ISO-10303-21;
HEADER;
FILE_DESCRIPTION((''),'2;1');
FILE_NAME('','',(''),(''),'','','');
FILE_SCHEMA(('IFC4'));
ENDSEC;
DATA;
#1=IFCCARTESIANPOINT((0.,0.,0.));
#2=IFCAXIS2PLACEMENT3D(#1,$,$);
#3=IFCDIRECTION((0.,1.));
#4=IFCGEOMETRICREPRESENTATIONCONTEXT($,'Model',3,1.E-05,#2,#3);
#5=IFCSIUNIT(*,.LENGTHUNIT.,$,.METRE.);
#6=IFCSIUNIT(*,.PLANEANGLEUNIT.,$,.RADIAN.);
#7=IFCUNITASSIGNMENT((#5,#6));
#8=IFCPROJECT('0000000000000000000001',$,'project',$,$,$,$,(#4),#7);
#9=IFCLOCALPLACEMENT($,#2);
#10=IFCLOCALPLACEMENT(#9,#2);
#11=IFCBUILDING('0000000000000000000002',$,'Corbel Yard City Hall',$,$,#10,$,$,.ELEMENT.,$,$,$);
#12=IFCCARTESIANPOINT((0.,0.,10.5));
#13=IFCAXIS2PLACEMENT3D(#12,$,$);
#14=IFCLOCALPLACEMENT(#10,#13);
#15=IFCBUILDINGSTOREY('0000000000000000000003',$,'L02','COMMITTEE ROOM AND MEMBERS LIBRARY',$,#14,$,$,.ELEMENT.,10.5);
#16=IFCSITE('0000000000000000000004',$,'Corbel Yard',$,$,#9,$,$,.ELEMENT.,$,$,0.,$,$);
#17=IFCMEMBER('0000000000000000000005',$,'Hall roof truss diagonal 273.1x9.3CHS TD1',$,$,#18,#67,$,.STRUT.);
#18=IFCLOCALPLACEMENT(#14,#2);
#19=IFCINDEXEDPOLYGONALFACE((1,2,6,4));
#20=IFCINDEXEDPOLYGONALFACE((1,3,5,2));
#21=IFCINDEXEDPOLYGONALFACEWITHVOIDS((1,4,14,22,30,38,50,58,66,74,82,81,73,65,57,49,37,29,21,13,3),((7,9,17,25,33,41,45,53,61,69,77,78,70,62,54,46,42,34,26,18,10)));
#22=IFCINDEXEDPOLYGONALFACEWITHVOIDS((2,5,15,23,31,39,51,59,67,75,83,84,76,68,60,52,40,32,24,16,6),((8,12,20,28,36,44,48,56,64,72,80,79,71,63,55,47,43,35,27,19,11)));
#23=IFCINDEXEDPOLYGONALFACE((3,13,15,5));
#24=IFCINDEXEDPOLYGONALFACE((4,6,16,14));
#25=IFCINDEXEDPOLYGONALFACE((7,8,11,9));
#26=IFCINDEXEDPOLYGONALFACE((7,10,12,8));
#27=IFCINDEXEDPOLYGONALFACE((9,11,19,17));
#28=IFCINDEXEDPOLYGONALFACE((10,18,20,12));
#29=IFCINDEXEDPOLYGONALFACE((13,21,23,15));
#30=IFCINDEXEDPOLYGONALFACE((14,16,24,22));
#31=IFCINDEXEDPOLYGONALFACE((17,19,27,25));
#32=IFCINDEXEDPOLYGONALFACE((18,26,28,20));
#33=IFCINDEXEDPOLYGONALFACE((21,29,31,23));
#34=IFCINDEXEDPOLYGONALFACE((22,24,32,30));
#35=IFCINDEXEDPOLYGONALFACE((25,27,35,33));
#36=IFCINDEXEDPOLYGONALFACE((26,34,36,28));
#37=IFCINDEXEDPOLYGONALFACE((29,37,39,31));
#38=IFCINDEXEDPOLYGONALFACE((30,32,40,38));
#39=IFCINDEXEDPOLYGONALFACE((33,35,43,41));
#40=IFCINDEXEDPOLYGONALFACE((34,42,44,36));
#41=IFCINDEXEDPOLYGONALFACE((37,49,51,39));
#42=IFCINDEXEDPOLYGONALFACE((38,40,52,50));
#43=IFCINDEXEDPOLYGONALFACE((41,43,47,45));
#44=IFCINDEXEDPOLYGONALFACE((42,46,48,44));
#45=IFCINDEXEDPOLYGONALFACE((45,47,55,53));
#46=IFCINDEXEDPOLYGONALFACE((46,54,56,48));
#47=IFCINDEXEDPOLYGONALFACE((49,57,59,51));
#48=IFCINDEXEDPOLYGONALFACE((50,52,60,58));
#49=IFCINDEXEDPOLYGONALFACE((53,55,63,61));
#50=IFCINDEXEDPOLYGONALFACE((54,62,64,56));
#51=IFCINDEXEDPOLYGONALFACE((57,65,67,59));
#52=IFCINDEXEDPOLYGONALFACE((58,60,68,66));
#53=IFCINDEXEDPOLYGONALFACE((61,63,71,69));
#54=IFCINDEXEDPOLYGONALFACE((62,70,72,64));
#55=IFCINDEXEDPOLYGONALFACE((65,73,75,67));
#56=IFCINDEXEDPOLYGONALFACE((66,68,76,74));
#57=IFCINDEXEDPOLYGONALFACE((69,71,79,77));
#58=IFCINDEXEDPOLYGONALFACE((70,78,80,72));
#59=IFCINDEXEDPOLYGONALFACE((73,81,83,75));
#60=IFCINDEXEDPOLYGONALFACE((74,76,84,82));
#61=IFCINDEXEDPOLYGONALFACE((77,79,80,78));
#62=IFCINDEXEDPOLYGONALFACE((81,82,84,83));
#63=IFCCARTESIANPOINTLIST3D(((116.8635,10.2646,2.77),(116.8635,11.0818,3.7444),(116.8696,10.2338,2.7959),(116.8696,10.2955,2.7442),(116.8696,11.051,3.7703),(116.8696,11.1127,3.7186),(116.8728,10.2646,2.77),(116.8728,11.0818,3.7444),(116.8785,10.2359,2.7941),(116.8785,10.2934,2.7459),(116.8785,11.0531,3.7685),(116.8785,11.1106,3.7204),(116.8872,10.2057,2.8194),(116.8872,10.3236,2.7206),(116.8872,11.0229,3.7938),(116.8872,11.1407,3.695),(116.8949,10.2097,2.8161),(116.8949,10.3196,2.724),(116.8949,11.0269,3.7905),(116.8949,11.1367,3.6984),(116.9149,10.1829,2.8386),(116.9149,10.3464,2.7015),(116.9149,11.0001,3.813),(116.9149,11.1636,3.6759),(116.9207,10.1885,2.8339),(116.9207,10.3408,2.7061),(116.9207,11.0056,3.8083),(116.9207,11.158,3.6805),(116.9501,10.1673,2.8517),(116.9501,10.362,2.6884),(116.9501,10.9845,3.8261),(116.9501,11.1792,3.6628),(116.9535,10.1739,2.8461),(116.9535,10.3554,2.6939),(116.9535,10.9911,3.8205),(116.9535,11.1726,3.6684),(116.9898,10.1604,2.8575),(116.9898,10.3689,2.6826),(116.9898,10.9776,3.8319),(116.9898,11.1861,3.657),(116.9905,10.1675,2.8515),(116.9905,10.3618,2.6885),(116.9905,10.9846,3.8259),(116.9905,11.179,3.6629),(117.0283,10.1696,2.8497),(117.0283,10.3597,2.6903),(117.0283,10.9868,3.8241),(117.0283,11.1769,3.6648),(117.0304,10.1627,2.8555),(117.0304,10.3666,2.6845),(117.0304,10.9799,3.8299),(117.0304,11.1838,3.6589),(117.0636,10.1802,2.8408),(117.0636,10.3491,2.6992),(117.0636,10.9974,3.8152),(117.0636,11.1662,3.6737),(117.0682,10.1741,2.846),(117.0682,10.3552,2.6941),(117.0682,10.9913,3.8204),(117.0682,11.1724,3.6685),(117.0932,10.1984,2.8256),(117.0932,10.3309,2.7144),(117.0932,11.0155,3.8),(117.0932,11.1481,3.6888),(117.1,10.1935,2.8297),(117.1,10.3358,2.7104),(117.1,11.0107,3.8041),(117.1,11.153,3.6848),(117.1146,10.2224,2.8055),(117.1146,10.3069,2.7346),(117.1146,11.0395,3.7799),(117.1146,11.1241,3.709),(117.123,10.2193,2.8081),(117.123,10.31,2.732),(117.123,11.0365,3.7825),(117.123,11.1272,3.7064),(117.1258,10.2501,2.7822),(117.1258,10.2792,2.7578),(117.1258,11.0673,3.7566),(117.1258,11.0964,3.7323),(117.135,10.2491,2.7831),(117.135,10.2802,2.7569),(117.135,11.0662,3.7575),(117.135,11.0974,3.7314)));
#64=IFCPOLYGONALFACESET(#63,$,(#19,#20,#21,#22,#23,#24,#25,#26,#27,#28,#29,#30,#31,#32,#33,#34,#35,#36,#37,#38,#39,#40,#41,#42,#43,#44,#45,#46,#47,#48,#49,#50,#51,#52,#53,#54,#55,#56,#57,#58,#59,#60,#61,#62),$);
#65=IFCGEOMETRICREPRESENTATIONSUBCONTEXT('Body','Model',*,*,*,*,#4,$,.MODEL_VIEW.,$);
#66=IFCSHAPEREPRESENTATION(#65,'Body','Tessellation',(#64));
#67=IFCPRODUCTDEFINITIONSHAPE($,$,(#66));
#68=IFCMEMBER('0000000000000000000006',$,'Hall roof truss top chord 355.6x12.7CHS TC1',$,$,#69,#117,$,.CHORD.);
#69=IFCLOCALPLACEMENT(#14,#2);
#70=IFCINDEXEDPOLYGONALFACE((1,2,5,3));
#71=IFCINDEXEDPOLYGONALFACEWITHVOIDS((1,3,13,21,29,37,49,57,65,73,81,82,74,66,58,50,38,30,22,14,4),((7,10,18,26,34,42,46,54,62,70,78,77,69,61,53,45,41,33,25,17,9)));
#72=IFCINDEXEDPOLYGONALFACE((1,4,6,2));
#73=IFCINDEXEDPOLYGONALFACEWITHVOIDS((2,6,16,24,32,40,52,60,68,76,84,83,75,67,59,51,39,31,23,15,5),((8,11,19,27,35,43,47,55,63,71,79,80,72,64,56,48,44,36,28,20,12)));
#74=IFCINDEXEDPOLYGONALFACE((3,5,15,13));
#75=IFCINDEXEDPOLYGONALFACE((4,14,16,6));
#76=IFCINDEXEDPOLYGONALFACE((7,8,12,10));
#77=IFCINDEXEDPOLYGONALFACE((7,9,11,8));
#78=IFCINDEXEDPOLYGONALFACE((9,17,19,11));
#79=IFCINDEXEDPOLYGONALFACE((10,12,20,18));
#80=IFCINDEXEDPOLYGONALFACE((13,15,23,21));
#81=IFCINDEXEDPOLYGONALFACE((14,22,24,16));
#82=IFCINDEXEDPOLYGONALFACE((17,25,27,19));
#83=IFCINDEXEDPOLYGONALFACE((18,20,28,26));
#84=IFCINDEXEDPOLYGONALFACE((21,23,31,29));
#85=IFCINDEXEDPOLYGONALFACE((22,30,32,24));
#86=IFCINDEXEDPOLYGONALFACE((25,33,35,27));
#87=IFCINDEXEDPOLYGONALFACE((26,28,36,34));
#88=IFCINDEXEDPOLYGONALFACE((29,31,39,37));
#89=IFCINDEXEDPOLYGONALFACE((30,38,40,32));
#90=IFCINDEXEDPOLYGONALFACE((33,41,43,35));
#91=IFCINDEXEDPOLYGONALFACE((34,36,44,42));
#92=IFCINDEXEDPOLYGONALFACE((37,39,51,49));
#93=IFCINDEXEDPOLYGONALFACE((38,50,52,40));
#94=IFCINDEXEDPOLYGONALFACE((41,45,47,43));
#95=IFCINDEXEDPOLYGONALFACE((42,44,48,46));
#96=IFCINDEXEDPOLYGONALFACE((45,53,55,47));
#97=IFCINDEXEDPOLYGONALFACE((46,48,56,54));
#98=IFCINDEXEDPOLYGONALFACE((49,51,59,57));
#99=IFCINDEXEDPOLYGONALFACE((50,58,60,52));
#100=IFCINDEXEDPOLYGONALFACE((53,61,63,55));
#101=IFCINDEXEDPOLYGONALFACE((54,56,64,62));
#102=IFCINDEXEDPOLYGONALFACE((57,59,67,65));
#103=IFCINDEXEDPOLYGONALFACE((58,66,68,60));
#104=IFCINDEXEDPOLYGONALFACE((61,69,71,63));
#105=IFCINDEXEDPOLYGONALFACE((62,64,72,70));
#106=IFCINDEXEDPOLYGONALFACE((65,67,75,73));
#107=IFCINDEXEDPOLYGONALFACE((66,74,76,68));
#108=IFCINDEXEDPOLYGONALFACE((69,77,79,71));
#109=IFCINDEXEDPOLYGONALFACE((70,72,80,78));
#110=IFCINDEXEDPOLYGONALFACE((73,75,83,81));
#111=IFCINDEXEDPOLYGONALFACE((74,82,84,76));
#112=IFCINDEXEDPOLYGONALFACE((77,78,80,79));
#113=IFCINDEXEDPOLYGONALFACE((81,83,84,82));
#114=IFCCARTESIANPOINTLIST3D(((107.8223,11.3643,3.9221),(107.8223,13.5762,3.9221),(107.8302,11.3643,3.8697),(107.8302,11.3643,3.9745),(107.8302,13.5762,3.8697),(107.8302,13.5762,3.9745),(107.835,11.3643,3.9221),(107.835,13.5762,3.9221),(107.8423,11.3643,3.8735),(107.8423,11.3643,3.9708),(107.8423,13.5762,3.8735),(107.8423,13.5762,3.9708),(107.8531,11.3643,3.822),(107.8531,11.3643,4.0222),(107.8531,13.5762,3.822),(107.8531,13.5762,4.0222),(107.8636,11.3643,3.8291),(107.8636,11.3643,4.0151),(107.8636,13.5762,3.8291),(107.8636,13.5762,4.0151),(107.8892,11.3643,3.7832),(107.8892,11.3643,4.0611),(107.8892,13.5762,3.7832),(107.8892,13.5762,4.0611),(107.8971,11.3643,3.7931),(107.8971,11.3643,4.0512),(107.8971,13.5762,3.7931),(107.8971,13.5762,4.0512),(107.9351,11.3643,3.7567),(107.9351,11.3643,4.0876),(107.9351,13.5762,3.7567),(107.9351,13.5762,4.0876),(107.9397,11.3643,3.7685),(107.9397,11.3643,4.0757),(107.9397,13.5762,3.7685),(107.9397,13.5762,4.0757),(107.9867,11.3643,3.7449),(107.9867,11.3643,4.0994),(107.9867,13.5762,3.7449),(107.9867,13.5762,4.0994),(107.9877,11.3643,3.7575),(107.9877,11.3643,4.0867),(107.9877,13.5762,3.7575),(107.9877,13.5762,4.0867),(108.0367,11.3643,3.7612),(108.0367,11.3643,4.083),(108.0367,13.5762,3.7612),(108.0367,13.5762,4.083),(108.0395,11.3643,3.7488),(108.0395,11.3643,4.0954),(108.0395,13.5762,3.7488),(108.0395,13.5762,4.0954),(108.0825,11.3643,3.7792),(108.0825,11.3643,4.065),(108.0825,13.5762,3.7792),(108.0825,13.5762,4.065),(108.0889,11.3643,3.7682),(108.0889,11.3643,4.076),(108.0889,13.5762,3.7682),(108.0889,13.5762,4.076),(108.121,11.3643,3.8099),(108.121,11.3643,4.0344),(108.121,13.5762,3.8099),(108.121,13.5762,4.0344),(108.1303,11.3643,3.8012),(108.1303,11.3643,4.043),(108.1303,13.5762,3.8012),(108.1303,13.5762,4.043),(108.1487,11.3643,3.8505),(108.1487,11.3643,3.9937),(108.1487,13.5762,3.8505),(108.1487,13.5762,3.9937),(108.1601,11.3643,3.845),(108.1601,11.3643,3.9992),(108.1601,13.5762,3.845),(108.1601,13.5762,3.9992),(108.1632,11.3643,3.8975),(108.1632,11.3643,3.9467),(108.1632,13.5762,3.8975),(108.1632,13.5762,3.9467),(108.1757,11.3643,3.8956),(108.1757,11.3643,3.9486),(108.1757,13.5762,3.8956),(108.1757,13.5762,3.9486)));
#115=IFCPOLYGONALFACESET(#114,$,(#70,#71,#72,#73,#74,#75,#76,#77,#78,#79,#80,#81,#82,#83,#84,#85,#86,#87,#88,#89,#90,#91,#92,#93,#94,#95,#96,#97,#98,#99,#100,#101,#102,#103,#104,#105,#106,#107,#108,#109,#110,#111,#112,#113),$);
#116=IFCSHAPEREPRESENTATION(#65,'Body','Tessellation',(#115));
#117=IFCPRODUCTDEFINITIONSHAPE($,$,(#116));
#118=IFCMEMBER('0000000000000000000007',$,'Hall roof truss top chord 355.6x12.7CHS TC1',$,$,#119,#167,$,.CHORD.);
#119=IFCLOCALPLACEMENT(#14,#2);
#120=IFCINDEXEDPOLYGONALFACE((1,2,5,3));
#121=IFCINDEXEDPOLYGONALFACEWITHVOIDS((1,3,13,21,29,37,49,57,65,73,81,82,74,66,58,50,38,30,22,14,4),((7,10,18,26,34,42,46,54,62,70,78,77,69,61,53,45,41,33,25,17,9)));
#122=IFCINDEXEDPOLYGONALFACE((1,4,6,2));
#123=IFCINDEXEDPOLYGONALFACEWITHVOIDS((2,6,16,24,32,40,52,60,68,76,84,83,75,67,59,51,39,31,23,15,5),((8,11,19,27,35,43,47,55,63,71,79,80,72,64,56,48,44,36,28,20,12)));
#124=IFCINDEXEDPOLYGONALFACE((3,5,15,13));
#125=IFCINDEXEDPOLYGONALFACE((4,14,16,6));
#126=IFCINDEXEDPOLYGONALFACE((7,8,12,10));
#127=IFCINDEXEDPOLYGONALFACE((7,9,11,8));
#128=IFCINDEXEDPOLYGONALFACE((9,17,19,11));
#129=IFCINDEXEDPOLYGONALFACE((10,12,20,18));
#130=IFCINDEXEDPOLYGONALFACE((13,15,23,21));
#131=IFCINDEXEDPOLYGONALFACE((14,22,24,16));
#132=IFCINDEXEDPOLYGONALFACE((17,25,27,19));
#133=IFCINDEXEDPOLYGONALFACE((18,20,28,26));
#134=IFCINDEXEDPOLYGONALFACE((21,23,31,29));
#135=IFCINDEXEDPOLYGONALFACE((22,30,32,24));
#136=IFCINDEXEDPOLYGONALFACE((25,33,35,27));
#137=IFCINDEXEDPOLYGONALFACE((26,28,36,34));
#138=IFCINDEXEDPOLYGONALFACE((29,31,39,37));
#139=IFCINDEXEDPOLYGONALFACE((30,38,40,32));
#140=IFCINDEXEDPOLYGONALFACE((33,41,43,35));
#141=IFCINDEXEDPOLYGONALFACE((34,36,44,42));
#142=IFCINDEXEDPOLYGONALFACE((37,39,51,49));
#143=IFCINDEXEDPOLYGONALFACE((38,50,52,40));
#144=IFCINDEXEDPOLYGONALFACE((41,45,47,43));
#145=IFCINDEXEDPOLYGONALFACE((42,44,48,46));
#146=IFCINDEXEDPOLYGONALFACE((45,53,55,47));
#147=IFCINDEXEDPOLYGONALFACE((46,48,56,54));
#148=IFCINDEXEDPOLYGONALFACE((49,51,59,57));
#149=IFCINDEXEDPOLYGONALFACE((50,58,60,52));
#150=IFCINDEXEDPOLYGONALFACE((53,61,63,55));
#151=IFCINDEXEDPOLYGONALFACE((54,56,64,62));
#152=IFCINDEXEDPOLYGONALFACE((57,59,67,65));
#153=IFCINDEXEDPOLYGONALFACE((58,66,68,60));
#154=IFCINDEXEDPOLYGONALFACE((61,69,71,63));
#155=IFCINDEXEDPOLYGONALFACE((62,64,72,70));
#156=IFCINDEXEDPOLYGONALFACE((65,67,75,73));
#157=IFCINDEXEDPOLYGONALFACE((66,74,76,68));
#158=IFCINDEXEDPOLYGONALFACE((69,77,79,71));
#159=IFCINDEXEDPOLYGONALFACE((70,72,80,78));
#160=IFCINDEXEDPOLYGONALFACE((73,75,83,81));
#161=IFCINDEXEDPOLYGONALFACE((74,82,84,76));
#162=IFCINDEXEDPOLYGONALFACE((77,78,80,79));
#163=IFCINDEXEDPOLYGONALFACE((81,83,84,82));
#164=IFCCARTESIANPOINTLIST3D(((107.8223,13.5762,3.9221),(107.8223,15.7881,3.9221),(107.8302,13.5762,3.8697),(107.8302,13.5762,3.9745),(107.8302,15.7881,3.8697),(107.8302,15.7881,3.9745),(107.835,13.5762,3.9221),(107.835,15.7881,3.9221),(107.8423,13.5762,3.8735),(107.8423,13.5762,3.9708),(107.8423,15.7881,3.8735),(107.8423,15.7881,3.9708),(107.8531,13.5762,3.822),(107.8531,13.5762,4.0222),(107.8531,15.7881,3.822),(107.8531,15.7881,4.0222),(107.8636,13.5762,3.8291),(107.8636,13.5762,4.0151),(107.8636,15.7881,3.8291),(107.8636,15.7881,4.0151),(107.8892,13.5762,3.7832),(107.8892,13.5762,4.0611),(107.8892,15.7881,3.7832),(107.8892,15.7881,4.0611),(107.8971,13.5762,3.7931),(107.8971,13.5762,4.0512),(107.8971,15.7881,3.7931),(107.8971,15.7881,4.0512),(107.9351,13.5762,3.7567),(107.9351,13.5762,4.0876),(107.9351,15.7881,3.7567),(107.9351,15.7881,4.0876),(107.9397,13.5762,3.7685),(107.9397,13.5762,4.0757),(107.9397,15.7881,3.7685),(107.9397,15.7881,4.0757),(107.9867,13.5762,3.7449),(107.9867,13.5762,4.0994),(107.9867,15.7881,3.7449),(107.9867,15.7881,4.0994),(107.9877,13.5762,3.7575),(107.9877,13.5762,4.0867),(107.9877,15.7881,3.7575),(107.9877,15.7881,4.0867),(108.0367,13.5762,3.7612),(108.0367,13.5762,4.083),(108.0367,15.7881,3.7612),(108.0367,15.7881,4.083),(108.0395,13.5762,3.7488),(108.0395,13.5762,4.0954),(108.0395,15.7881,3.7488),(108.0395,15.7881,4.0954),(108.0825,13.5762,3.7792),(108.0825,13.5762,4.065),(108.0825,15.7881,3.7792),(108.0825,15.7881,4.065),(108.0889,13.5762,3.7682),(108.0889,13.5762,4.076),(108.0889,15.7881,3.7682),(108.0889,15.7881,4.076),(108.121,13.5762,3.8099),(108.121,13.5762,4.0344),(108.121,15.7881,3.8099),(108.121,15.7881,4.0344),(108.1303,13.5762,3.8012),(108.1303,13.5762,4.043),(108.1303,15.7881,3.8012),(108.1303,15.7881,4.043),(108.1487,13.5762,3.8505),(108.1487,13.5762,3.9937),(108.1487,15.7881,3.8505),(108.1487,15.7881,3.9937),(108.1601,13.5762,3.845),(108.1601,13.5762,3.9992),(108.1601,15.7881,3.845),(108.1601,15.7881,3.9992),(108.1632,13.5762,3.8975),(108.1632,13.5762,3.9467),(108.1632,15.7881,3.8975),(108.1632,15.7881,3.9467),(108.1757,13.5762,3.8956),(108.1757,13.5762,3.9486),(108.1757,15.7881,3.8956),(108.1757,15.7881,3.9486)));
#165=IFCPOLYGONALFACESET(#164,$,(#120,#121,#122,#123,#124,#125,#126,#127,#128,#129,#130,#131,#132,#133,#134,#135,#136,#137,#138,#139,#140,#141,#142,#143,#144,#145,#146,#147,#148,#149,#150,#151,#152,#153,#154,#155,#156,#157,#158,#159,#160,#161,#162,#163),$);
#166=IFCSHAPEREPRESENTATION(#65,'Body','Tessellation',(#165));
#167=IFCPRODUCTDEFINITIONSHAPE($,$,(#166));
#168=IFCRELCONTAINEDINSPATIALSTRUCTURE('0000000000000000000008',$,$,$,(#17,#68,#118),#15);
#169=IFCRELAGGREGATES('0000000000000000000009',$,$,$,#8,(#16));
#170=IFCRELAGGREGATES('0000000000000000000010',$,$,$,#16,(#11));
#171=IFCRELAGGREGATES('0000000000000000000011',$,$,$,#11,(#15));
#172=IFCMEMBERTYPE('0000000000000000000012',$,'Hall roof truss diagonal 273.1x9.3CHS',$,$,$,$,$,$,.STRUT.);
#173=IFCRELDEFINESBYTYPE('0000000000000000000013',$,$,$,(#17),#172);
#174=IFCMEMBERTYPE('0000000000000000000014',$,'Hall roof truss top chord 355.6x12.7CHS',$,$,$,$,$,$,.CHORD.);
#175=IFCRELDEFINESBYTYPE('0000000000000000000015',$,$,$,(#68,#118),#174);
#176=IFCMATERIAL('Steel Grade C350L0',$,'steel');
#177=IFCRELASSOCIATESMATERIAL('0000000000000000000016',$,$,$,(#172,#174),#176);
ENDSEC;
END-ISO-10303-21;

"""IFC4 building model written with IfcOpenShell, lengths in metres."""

from ifc_helpers import new_model, si_unit, direction, frame, origin, origin_2d, place, context, subcontext, project, spatial, hollow_circle, extrude, material, material_profile, profile_set, type_object, element, save


model = new_model("IFC4")

# Units and contexts
model_context = context("Model", 3, precision=1e-05, world=origin(), true_north=direction((0.0, 1.0)))
body_context = subcontext(model_context, "Body", "Model", "MODEL_VIEW")
ifc_project = project(units=[si_unit("LENGTHUNIT", "METRE"), si_unit("PLANEANGLEUNIT", "RADIAN")], contexts=[model_context])

# Site, building, storey
site_placement = place(None, origin())
site = spatial("IfcSite", under=ifc_project, at=site_placement, Name="Corbel Yard", CompositionType="ELEMENT", RefElevation=0.0)
building_placement = place(site_placement, origin())
building = spatial("IfcBuilding", under=site, at=building_placement, Name="Corbel Yard City Hall", CompositionType="ELEMENT")
storey_placement = place(building_placement, frame((0.0, 0.0, 10.5)))
storey = spatial("IfcBuildingStorey", under=building, at=storey_placement, Name="L02", Description="COMMITTEE ROOM AND MEMBERS LIBRARY", CompositionType="ELEMENT", Elevation=10.5)

# Members
ifc_material_1 = material(Name="Steel Grade C350L0", Category="steel")
ifc_material_profile_1 = material_profile(ifc_material_1, hollow_circle(Radius=0.1365, WallThickness=0.0093, at=origin_2d()), Name="273.1x9.3CHS")
ifc_profile_set_1 = profile_set([ifc_material_profile_1], Name="Steel Grade C350L0")
member_type_1 = type_object("IfcMemberType", Name="Hall roof truss diagonal 273.1x9.3CHS", PredefinedType="STRUT", material=ifc_profile_set_1)
member_1_placement = place(storey_placement, frame((117.0, 10.2646, 2.77), z_axis=(0.0, 0.64258, 0.766219), x_axis=(-1.0, 0.0, 0.0)))
element("IfcMember", 1, at=member_1_placement, inside=storey, type_object=member_type_1, Name="Hall roof truss diagonal 273.1x9.3CHS TD1", PredefinedType="STRUT", context=body_context, shape_type="SweptSolid", body=[
    extrude(hollow_circle(Radius=0.1365, WallThickness=0.0093, at=origin_2d()), origin(), (0.0, 0.0, 1.0), 1.2717),
])
ifc_material_profile_2 = material_profile(ifc_material_1, hollow_circle(Radius=0.1777, WallThickness=0.0127, at=origin_2d()), Name="355.6x12.7CHS")
ifc_profile_set_2 = profile_set([ifc_material_profile_2], Name="Steel Grade C350L0")
member_type_2 = type_object("IfcMemberType", Name="Hall roof truss top chord 355.6x12.7CHS", PredefinedType="CHORD", material=ifc_profile_set_2)
for number, where, z_axis, x_axis, name in (
    (2, (108.0, 11.3643, 3.9221), (0.0, 1.0, 0.0), (-1.0, 0.0, 0.0), "Hall roof truss top chord 355.6x12.7CHS TC1"),
    (3, (108.0, 13.5762, 3.9221), (0.0, 1.0, 0.0), (-1.0, 0.0, 0.0), "Hall roof truss top chord 355.6x12.7CHS TC1"),
):
    element("IfcMember", number, at=place(storey_placement, frame(where, z_axis=z_axis, x_axis=x_axis)), inside=storey, type_object=member_type_2, Name=name, PredefinedType="CHORD", context=body_context, shape_type="SweptSolid", body=[
        extrude(hollow_circle(Radius=0.1777, WallThickness=0.0127, at=origin_2d()), origin(), (0.0, 0.0, 1.0), 2.2119),
    ])

save(model, "model.ifc")
